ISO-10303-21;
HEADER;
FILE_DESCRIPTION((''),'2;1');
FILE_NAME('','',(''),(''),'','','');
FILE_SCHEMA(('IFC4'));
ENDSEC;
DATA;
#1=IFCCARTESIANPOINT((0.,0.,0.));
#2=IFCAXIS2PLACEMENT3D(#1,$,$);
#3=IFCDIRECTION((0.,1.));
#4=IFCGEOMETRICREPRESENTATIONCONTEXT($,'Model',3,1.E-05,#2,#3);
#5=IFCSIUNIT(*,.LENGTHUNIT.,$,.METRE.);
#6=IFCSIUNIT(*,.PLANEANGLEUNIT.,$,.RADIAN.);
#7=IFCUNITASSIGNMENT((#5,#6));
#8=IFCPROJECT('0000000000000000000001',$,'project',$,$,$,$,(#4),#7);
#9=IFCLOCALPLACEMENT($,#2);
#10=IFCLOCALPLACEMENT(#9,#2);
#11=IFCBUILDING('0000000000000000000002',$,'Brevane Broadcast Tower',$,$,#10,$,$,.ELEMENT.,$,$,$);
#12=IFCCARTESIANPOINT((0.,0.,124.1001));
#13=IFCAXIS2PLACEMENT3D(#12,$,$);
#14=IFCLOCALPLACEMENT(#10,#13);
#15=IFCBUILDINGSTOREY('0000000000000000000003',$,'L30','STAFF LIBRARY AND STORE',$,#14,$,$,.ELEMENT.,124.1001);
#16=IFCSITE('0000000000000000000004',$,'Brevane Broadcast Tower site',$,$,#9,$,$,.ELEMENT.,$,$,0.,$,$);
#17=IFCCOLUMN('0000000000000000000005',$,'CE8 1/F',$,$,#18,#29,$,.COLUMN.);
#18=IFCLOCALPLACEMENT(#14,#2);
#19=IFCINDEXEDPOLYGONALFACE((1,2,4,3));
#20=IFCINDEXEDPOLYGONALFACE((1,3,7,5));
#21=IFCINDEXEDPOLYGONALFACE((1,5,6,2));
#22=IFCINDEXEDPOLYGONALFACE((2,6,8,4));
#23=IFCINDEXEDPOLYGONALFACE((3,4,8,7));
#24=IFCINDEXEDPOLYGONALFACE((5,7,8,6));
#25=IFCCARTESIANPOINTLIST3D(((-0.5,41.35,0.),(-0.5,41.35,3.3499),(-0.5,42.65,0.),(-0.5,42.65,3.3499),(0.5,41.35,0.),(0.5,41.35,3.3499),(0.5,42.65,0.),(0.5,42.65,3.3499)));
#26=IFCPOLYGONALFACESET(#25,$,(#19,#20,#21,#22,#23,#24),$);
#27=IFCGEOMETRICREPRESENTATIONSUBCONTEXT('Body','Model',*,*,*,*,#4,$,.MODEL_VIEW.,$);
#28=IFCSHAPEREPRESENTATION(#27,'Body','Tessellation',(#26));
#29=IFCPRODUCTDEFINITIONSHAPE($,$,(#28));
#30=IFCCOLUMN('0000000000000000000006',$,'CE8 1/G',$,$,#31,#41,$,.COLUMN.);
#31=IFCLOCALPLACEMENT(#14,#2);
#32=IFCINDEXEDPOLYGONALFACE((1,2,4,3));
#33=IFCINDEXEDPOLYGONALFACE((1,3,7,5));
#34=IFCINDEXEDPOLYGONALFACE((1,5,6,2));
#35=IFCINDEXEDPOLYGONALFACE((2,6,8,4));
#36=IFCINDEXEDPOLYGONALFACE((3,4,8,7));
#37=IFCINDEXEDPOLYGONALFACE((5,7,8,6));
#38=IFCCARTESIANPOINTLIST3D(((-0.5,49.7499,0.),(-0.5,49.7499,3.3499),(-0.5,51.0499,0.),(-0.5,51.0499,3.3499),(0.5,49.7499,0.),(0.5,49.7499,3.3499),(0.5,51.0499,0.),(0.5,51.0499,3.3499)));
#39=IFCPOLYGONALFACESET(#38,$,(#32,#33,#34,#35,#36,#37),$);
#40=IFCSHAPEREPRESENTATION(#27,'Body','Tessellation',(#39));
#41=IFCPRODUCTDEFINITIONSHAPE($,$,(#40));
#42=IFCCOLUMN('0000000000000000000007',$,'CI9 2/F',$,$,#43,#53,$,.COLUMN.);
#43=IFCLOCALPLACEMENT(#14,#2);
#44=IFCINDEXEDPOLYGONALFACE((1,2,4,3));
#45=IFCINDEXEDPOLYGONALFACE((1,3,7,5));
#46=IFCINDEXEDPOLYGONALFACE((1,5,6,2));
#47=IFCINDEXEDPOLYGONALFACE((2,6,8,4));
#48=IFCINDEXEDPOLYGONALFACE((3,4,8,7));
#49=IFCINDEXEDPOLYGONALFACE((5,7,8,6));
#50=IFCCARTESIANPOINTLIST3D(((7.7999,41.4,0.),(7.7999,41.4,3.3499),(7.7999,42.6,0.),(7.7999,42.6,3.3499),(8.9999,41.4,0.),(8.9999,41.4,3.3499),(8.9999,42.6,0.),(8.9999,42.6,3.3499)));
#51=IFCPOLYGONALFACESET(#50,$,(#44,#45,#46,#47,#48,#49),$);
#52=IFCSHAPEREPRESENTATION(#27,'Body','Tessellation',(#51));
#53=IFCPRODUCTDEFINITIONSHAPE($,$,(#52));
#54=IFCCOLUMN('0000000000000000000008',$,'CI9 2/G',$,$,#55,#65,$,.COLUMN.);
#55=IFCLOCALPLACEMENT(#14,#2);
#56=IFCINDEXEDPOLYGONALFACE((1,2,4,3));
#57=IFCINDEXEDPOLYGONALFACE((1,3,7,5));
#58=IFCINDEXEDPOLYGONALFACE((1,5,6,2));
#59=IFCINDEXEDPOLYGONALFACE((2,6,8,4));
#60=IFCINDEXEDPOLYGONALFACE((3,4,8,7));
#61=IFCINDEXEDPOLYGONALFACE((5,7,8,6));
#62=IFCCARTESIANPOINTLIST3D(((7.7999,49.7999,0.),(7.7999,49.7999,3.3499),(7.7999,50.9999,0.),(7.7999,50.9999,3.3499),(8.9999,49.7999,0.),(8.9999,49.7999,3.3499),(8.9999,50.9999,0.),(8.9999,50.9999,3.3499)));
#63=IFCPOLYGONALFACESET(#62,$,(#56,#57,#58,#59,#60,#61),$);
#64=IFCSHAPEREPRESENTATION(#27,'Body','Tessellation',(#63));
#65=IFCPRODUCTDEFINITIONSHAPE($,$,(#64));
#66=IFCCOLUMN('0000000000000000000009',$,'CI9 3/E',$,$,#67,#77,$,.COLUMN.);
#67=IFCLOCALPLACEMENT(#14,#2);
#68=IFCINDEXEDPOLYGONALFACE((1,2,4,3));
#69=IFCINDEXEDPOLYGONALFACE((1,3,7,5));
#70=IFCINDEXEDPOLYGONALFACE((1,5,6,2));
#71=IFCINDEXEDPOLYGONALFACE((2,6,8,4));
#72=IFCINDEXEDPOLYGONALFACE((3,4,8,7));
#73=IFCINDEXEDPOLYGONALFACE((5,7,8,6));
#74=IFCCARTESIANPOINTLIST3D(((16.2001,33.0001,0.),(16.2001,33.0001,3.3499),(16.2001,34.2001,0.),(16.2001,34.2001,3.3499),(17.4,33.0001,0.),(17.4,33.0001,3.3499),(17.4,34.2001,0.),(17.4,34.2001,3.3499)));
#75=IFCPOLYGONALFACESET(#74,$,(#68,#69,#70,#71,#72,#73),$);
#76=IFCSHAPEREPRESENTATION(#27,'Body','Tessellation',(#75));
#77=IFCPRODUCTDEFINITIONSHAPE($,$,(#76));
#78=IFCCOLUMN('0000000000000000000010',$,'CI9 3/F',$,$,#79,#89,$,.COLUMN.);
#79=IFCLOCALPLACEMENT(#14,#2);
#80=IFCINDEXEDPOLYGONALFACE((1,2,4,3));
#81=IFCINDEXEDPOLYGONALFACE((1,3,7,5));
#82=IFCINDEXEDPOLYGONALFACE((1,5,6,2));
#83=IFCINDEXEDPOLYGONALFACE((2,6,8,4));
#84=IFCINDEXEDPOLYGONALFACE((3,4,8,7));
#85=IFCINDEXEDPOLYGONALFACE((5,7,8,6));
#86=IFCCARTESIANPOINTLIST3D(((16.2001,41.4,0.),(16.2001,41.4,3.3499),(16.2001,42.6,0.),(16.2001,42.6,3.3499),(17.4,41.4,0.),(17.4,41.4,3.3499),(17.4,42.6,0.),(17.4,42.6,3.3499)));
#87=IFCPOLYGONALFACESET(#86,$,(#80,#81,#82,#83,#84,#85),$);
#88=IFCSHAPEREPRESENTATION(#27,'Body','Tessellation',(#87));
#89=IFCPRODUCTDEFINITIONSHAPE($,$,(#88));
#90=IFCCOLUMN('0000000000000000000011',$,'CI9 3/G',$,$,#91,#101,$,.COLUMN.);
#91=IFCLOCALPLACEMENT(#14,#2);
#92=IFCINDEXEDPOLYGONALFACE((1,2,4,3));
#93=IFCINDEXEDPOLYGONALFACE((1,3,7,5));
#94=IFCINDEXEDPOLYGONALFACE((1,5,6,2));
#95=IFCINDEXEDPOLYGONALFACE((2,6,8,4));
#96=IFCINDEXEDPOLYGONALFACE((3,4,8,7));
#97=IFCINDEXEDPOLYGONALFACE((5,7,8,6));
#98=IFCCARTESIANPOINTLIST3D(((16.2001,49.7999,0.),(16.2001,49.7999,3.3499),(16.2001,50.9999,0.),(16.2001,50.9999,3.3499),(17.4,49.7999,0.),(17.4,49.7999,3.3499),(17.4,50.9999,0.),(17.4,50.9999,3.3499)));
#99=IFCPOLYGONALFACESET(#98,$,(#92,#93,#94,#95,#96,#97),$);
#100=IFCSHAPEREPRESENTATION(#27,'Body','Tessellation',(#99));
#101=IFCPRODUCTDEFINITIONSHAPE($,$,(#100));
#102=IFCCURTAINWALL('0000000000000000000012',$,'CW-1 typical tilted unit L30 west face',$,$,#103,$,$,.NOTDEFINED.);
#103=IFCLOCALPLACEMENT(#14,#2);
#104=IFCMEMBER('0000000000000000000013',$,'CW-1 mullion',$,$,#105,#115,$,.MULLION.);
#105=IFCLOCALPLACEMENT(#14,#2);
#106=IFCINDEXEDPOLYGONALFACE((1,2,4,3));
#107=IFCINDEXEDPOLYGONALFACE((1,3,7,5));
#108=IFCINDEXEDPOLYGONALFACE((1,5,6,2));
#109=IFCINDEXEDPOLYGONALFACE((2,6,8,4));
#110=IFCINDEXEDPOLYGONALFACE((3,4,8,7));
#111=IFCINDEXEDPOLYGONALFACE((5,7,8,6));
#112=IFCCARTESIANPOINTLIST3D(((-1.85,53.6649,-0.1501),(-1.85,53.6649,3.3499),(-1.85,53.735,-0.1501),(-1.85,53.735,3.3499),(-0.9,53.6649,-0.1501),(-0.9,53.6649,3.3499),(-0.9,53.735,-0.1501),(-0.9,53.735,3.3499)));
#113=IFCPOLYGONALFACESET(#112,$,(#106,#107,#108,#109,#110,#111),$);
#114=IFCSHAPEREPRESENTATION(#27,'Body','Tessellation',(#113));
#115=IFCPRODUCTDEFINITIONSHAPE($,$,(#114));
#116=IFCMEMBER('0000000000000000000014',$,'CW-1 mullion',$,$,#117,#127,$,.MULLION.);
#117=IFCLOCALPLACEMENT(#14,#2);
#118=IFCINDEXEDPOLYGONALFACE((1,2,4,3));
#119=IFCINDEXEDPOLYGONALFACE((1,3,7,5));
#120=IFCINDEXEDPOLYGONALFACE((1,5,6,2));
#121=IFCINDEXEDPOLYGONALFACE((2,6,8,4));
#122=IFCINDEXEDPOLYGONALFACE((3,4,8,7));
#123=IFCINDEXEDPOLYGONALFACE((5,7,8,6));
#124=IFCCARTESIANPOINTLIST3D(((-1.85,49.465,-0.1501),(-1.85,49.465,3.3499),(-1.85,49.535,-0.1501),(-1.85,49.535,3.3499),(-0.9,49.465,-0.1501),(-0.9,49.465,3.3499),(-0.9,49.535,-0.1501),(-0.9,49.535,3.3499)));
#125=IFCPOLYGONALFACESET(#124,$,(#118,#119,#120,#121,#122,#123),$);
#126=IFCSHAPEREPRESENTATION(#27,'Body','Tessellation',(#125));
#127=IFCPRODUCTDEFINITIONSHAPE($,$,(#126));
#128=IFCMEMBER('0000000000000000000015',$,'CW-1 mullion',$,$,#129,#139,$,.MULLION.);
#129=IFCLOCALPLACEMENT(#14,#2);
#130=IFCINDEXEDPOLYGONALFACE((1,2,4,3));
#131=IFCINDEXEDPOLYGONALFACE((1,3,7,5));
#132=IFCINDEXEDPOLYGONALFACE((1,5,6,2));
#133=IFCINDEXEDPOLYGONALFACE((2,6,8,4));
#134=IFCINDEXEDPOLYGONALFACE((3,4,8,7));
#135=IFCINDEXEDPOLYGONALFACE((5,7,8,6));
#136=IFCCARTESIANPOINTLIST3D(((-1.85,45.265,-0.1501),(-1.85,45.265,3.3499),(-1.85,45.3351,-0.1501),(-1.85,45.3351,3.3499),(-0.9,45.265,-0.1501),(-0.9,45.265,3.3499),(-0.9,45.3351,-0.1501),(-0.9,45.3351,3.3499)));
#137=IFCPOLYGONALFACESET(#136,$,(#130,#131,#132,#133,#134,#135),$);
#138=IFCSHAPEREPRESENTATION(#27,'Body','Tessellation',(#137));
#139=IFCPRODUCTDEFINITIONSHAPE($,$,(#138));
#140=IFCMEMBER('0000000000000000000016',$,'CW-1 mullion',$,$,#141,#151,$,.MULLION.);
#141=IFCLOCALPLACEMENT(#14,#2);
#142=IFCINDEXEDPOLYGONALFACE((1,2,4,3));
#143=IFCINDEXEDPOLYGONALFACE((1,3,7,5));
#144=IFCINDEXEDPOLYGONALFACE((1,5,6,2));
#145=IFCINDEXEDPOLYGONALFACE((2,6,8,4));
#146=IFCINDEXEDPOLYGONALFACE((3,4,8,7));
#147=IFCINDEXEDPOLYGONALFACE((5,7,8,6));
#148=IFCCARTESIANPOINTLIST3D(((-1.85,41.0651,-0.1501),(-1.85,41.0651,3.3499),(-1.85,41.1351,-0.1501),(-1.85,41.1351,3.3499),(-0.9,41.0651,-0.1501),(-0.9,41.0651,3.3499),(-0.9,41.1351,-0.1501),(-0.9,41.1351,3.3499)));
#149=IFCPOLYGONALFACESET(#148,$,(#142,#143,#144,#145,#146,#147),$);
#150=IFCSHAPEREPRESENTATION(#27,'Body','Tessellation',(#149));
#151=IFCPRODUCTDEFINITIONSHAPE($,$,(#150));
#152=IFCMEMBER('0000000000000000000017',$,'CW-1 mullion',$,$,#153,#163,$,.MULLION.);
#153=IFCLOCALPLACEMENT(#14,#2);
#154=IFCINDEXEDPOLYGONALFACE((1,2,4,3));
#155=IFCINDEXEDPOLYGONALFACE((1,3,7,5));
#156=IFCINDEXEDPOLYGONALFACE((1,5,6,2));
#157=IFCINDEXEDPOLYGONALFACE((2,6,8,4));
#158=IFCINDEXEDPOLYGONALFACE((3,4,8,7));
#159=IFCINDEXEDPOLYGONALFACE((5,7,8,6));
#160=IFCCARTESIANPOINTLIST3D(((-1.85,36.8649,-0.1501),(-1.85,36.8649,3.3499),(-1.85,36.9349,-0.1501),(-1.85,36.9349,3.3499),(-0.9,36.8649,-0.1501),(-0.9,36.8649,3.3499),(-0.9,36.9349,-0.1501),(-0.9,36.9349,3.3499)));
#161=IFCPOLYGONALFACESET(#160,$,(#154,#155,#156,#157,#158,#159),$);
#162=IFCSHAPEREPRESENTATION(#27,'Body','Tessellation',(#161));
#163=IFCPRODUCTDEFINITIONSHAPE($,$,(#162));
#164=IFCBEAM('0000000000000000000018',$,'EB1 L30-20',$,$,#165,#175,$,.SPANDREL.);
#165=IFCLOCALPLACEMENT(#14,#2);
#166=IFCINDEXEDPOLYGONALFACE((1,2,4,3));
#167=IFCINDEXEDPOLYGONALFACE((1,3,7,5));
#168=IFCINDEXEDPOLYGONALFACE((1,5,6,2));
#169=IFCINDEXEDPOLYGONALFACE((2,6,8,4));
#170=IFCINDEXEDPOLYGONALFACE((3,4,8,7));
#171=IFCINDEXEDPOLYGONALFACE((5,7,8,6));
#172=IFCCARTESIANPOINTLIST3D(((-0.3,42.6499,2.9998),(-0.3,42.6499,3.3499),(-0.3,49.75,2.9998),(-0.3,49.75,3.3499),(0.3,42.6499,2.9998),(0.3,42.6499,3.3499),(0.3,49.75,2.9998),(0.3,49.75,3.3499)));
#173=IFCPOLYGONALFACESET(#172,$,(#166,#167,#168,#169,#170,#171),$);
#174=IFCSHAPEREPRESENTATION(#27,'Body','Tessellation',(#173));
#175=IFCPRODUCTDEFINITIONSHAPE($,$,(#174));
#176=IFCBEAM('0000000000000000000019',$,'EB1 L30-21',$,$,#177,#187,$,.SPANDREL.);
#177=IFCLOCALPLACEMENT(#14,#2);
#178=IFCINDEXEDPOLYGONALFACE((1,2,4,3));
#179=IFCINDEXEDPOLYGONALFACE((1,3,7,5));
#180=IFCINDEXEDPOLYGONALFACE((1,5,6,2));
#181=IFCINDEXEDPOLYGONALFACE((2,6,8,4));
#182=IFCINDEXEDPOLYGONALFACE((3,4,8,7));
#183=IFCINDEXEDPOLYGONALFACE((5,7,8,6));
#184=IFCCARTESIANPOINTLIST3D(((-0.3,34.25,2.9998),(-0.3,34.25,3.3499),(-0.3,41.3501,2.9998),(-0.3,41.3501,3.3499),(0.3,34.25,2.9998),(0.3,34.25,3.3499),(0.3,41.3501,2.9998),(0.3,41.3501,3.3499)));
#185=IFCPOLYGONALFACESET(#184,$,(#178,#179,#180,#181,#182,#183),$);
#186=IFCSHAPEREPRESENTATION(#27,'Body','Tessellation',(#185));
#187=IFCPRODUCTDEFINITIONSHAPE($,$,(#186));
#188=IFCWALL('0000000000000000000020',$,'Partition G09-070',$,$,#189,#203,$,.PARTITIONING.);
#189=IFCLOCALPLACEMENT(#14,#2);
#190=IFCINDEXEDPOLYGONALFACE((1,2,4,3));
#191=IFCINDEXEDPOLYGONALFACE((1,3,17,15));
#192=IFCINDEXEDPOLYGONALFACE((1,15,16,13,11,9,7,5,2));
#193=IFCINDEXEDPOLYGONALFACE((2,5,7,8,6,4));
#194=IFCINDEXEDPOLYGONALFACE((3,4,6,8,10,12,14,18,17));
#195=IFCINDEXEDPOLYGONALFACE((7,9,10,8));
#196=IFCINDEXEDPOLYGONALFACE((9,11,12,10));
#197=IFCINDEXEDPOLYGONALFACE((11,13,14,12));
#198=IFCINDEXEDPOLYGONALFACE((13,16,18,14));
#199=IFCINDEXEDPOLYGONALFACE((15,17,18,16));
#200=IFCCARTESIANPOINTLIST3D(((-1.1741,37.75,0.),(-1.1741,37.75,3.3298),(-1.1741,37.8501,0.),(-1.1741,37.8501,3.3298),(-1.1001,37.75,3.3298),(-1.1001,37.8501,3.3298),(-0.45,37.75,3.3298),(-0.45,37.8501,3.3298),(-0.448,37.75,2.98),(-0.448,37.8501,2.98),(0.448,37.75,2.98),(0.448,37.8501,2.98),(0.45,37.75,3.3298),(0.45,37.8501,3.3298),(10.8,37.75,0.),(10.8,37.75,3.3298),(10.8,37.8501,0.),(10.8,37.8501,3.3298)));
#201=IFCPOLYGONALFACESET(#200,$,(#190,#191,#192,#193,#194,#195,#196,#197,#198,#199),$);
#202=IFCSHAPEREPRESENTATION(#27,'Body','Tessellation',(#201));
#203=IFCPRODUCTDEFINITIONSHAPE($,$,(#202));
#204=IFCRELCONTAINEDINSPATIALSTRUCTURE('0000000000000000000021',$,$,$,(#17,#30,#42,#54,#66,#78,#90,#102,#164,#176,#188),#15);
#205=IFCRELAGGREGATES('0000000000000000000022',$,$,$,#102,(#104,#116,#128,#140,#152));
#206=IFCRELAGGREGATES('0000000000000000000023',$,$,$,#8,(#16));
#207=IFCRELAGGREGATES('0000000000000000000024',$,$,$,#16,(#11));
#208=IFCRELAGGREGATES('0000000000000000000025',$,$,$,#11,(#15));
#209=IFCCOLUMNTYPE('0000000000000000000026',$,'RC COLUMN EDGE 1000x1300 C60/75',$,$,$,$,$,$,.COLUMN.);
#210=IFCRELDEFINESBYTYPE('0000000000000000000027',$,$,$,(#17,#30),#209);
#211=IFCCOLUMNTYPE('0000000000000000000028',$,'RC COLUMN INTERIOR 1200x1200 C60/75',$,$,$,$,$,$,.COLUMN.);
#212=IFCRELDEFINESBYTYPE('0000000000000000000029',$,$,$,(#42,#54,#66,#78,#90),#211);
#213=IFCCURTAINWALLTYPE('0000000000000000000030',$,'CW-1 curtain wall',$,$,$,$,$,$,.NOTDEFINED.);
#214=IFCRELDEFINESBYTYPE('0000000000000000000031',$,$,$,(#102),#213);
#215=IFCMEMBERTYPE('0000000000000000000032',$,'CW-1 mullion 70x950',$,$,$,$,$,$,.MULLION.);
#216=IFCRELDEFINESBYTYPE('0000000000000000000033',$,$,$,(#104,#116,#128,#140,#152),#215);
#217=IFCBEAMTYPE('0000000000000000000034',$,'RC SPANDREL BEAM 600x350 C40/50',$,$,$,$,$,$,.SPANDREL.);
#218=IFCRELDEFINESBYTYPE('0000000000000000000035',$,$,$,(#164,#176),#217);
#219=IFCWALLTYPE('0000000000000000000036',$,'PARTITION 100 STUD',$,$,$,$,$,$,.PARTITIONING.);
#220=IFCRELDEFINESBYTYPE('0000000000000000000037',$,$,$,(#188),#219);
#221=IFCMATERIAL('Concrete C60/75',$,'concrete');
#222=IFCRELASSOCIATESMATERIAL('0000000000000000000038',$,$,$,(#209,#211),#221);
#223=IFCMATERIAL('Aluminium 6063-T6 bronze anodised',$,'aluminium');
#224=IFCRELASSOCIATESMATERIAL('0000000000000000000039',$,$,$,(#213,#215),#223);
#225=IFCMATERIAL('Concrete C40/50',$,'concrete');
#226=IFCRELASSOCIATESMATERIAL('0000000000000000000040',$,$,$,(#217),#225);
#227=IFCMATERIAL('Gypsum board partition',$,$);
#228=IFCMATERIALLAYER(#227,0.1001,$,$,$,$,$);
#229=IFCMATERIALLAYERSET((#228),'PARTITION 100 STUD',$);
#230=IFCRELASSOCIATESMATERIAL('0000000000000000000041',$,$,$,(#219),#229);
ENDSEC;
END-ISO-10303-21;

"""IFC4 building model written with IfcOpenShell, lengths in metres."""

from ifc_helpers import new_model, si_unit, direction, frame, origin, origin_2d, place, context, subcontext, project, spatial, polyline, rectangle, outline, extrude, material, layer, layer_set, material_profile, profile_set, type_object, element, aggregate, save


model = new_model("IFC4")

# Units and contexts
model_context = context("Model", 3, precision=1e-05, world=origin(), true_north=direction((0.0, 1.0)))
body_context = subcontext(model_context, "Body", "Model", "MODEL_VIEW")
ifc_project = project(units=[si_unit("LENGTHUNIT", "METRE"), si_unit("PLANEANGLEUNIT", "RADIAN")], contexts=[model_context])

# Site, building, storey
site_placement = place(None, origin())
site = spatial("IfcSite", under=ifc_project, at=site_placement, Name="Brevane Broadcast Tower site", CompositionType="ELEMENT", RefElevation=0.0)
building_placement = place(site_placement, origin())
building = spatial("IfcBuilding", under=site, at=building_placement, Name="Brevane Broadcast Tower", CompositionType="ELEMENT")
storey_placement = place(building_placement, frame((0.0, 0.0, 124.1001)))
storey = spatial("IfcBuildingStorey", under=building, at=storey_placement, Name="L30", Description="STAFF LIBRARY AND STORE", CompositionType="ELEMENT", Elevation=124.1001)

# Columns
ifc_material_1 = material(Name="Concrete C60/75", Category="concrete")
ifc_material_profile_1 = material_profile(ifc_material_1, rectangle(XDim=1.0, YDim=1.3, at=origin_2d()), Name="RC 1000x1300")
ifc_profile_set_1 = profile_set([ifc_material_profile_1], Name="Concrete C60/75")
column_type_1 = type_object("IfcColumnType", Name="RC COLUMN EDGE 1000x1300 C60/75", PredefinedType="COLUMN", material=ifc_profile_set_1)
for number, where, z_axis, x_axis, name in (
    (1, (0.0, 42.0, 0.0), (0.0, 0.0, 1.0), (1.0, 0.0, 0.0), "CE8 1/F"),
    (2, (0.0, 50.3999, 0.0), (0.0, 0.0, 1.0), (1.0, 0.0, 0.0), "CE8 1/G"),
):
    element("IfcColumn", number, at=place(storey_placement, frame(where, z_axis=z_axis, x_axis=x_axis)), inside=storey, type_object=column_type_1, Name=name, PredefinedType="COLUMN", context=body_context, shape_type="SweptSolid", body=[
        extrude(rectangle(XDim=1.0, YDim=1.3, at=origin_2d()), origin(), (0.0, 0.0, 1.0), 3.3499),
    ])
ifc_material_profile_2 = material_profile(ifc_material_1, rectangle(XDim=1.2, YDim=1.2, at=origin_2d()), Name="RC 1200x1200")
ifc_profile_set_2 = profile_set([ifc_material_profile_2], Name="Concrete C60/75")
column_type_2 = type_object("IfcColumnType", Name="RC COLUMN INTERIOR 1200x1200 C60/75", PredefinedType="COLUMN", material=ifc_profile_set_2)
for number, where, z_axis, x_axis, name in (
    (3, (8.3999, 42.0, 0.0), (0.0, 0.0, 1.0), (1.0, 0.0, 0.0), "CI9 2/F"),
    (4, (8.3999, 50.3999, 0.0), (0.0, 0.0, 1.0), (1.0, 0.0, 0.0), "CI9 2/G"),
    (5, (16.8, 33.6001, 0.0), (0.0, 0.0, 1.0), (1.0, 0.0, 0.0), "CI9 3/E"),
    (6, (16.8, 42.0, 0.0), (0.0, 0.0, 1.0), (1.0, 0.0, 0.0), "CI9 3/F"),
    (7, (16.8, 50.3999, 0.0), (0.0, 0.0, 1.0), (1.0, 0.0, 0.0), "CI9 3/G"),
):
    element("IfcColumn", number, at=place(storey_placement, frame(where, z_axis=z_axis, x_axis=x_axis)), inside=storey, type_object=column_type_2, Name=name, PredefinedType="COLUMN", context=body_context, shape_type="SweptSolid", body=[
        extrude(rectangle(XDim=1.2, YDim=1.2, at=origin_2d()), origin(), (0.0, 0.0, 1.0), 3.3499),
    ])

# Curtain wall, members
ifc_material_2 = material(Name="Aluminium 6063-T6 bronze anodised", Category="aluminium")
curtain_wall_type = type_object("IfcCurtainWallType", Name="CW-1 curtain wall", PredefinedType="NOTDEFINED", material=ifc_material_2)
curtain_wall_placement = place(storey_placement, origin())
curtain_wall = element("IfcCurtainWall", 8, at=curtain_wall_placement, inside=storey, type_object=curtain_wall_type, Name="CW-1 typical tilted unit L30 west face", PredefinedType="NOTDEFINED")
ifc_material_profile_3 = material_profile(ifc_material_2, rectangle(XDim=0.95, YDim=0.0701, at=origin_2d()), Name="RECT 70x950")
ifc_profile_set_3 = profile_set([ifc_material_profile_3], Name="Aluminium 6063-T6 bronze anodised")
member_type = type_object("IfcMemberType", Name="CW-1 mullion 70x950", PredefinedType="MULLION", material=ifc_profile_set_3)
member_1_placement = place(storey_placement, frame((-1.375, 53.7, -0.1501), z_axis=(0.0, 0.0, 1.0), x_axis=(1.0, 0.0, 0.0)))
member_1 = element("IfcMember", 9, at=member_1_placement, type_object=member_type, Name="CW-1 mullion", PredefinedType="MULLION", context=body_context, shape_type="SweptSolid", body=[
    extrude(rectangle(XDim=0.95, YDim=0.0701, at=origin_2d()), origin(), (0.0, 0.0, 1.0), 3.5),
])
member_2_placement = place(storey_placement, frame((-1.375, 49.5, -0.1501), z_axis=(0.0, 0.0, 1.0), x_axis=(1.0, 0.0, 0.0)))
member_2 = element("IfcMember", 10, at=member_2_placement, type_object=member_type, Name="CW-1 mullion", PredefinedType="MULLION", context=body_context, shape_type="SweptSolid", body=[
    extrude(rectangle(XDim=0.95, YDim=0.0701, at=origin_2d()), origin(), (0.0, 0.0, 1.0), 3.5),
])
member_3_placement = place(storey_placement, frame((-1.375, 45.3, -0.1501), z_axis=(0.0, 0.0, 1.0), x_axis=(1.0, 0.0, 0.0)))
member_3 = element("IfcMember", 11, at=member_3_placement, type_object=member_type, Name="CW-1 mullion", PredefinedType="MULLION", context=body_context, shape_type="SweptSolid", body=[
    extrude(rectangle(XDim=0.95, YDim=0.0701, at=origin_2d()), origin(), (0.0, 0.0, 1.0), 3.5),
])
member_4_placement = place(storey_placement, frame((-1.375, 41.1001, -0.1501), z_axis=(0.0, 0.0, 1.0), x_axis=(1.0, 0.0, 0.0)))
member_4 = element("IfcMember", 12, at=member_4_placement, type_object=member_type, Name="CW-1 mullion", PredefinedType="MULLION", context=body_context, shape_type="SweptSolid", body=[
    extrude(rectangle(XDim=0.95, YDim=0.0701, at=origin_2d()), origin(), (0.0, 0.0, 1.0), 3.5),
])
member_5_placement = place(storey_placement, frame((-1.375, 36.8999, -0.1501), z_axis=(0.0, 0.0, 1.0), x_axis=(1.0, 0.0, 0.0)))
member_5 = element("IfcMember", 13, at=member_5_placement, type_object=member_type, Name="CW-1 mullion", PredefinedType="MULLION", context=body_context, shape_type="SweptSolid", body=[
    extrude(rectangle(XDim=0.95, YDim=0.0701, at=origin_2d()), origin(), (0.0, 0.0, 1.0), 3.5),
])
aggregate(curtain_wall, [member_1, member_2, member_3, member_4, member_5])

# Beams
ifc_material_3 = material(Name="Concrete C40/50", Category="concrete")
ifc_material_profile_4 = material_profile(ifc_material_3, rectangle(XDim=0.6001, YDim=0.3501, at=origin_2d()), Name="RC 600x350")
ifc_profile_set_4 = profile_set([ifc_material_profile_4], Name="Concrete C40/50")
beam_type = type_object("IfcBeamType", Name="RC SPANDREL BEAM 600x350 C40/50", PredefinedType="SPANDREL", material=ifc_profile_set_4)
for number, where, z_axis, x_axis, name in (
    (14, (0.0, 49.75, 3.1748), (0.0, -1.0, 0.0), (1.0, 0.0, 0.0), "EB1 L30-20"),
    (15, (0.0, 41.3501, 3.1748), (0.0, -1.0, 0.0), (1.0, 0.0, 0.0), "EB1 L30-21"),
):
    element("IfcBeam", number, at=place(storey_placement, frame(where, z_axis=z_axis, x_axis=x_axis)), inside=storey, type_object=beam_type, Name=name, PredefinedType="SPANDREL", context=body_context, shape_type="SweptSolid", body=[
        extrude(rectangle(XDim=0.6001, YDim=0.3501, at=origin_2d()), origin(), (0.0, 0.0, 1.0), 7.1001),
    ])

# Wall
ifc_material_4 = material(Name="Gypsum board partition")
ifc_layer_1 = layer(ifc_material_4, 0.1001)
ifc_layer_set_1 = layer_set([ifc_layer_1], Name="PARTITION 100 STUD")
wall_type_1 = type_object("IfcWallType", Name="PARTITION 100 STUD", PredefinedType="PARTITIONING", material=ifc_layer_set_1)
for number, where, z_axis, x_axis, name in (
    (16, (-1.1741, 37.8, 0.0), (0.0, 0.0, 1.0), (1.0, 0.0, 0.0), "Partition G09-070"),
):
    element("IfcWall", number, at=place(storey_placement, frame(where, z_axis=z_axis, x_axis=x_axis)), inside=storey, type_object=wall_type_1, Name=name, PredefinedType="PARTITIONING", context=body_context, shape_type="SweptSolid", body=[
        extrude(outline(polyline([(0.0, 0.0), (11.9741, 0.0), (11.9741, 3.3298), (1.624, 3.3298), (1.6221, 2.98), (0.7261, 2.98), (0.7241, 3.3298), (0.074, 3.3298), (0.0, 3.3298), (0.0, 0.0)])), frame((0.0, 0.05, 0.0), z_axis=(0.0, -1.0, 0.0), x_axis=(1.0, 0.0, 0.0)), (0.0, 0.0, 1.0), 0.1001),
    ])

save(model, "model.ifc")
